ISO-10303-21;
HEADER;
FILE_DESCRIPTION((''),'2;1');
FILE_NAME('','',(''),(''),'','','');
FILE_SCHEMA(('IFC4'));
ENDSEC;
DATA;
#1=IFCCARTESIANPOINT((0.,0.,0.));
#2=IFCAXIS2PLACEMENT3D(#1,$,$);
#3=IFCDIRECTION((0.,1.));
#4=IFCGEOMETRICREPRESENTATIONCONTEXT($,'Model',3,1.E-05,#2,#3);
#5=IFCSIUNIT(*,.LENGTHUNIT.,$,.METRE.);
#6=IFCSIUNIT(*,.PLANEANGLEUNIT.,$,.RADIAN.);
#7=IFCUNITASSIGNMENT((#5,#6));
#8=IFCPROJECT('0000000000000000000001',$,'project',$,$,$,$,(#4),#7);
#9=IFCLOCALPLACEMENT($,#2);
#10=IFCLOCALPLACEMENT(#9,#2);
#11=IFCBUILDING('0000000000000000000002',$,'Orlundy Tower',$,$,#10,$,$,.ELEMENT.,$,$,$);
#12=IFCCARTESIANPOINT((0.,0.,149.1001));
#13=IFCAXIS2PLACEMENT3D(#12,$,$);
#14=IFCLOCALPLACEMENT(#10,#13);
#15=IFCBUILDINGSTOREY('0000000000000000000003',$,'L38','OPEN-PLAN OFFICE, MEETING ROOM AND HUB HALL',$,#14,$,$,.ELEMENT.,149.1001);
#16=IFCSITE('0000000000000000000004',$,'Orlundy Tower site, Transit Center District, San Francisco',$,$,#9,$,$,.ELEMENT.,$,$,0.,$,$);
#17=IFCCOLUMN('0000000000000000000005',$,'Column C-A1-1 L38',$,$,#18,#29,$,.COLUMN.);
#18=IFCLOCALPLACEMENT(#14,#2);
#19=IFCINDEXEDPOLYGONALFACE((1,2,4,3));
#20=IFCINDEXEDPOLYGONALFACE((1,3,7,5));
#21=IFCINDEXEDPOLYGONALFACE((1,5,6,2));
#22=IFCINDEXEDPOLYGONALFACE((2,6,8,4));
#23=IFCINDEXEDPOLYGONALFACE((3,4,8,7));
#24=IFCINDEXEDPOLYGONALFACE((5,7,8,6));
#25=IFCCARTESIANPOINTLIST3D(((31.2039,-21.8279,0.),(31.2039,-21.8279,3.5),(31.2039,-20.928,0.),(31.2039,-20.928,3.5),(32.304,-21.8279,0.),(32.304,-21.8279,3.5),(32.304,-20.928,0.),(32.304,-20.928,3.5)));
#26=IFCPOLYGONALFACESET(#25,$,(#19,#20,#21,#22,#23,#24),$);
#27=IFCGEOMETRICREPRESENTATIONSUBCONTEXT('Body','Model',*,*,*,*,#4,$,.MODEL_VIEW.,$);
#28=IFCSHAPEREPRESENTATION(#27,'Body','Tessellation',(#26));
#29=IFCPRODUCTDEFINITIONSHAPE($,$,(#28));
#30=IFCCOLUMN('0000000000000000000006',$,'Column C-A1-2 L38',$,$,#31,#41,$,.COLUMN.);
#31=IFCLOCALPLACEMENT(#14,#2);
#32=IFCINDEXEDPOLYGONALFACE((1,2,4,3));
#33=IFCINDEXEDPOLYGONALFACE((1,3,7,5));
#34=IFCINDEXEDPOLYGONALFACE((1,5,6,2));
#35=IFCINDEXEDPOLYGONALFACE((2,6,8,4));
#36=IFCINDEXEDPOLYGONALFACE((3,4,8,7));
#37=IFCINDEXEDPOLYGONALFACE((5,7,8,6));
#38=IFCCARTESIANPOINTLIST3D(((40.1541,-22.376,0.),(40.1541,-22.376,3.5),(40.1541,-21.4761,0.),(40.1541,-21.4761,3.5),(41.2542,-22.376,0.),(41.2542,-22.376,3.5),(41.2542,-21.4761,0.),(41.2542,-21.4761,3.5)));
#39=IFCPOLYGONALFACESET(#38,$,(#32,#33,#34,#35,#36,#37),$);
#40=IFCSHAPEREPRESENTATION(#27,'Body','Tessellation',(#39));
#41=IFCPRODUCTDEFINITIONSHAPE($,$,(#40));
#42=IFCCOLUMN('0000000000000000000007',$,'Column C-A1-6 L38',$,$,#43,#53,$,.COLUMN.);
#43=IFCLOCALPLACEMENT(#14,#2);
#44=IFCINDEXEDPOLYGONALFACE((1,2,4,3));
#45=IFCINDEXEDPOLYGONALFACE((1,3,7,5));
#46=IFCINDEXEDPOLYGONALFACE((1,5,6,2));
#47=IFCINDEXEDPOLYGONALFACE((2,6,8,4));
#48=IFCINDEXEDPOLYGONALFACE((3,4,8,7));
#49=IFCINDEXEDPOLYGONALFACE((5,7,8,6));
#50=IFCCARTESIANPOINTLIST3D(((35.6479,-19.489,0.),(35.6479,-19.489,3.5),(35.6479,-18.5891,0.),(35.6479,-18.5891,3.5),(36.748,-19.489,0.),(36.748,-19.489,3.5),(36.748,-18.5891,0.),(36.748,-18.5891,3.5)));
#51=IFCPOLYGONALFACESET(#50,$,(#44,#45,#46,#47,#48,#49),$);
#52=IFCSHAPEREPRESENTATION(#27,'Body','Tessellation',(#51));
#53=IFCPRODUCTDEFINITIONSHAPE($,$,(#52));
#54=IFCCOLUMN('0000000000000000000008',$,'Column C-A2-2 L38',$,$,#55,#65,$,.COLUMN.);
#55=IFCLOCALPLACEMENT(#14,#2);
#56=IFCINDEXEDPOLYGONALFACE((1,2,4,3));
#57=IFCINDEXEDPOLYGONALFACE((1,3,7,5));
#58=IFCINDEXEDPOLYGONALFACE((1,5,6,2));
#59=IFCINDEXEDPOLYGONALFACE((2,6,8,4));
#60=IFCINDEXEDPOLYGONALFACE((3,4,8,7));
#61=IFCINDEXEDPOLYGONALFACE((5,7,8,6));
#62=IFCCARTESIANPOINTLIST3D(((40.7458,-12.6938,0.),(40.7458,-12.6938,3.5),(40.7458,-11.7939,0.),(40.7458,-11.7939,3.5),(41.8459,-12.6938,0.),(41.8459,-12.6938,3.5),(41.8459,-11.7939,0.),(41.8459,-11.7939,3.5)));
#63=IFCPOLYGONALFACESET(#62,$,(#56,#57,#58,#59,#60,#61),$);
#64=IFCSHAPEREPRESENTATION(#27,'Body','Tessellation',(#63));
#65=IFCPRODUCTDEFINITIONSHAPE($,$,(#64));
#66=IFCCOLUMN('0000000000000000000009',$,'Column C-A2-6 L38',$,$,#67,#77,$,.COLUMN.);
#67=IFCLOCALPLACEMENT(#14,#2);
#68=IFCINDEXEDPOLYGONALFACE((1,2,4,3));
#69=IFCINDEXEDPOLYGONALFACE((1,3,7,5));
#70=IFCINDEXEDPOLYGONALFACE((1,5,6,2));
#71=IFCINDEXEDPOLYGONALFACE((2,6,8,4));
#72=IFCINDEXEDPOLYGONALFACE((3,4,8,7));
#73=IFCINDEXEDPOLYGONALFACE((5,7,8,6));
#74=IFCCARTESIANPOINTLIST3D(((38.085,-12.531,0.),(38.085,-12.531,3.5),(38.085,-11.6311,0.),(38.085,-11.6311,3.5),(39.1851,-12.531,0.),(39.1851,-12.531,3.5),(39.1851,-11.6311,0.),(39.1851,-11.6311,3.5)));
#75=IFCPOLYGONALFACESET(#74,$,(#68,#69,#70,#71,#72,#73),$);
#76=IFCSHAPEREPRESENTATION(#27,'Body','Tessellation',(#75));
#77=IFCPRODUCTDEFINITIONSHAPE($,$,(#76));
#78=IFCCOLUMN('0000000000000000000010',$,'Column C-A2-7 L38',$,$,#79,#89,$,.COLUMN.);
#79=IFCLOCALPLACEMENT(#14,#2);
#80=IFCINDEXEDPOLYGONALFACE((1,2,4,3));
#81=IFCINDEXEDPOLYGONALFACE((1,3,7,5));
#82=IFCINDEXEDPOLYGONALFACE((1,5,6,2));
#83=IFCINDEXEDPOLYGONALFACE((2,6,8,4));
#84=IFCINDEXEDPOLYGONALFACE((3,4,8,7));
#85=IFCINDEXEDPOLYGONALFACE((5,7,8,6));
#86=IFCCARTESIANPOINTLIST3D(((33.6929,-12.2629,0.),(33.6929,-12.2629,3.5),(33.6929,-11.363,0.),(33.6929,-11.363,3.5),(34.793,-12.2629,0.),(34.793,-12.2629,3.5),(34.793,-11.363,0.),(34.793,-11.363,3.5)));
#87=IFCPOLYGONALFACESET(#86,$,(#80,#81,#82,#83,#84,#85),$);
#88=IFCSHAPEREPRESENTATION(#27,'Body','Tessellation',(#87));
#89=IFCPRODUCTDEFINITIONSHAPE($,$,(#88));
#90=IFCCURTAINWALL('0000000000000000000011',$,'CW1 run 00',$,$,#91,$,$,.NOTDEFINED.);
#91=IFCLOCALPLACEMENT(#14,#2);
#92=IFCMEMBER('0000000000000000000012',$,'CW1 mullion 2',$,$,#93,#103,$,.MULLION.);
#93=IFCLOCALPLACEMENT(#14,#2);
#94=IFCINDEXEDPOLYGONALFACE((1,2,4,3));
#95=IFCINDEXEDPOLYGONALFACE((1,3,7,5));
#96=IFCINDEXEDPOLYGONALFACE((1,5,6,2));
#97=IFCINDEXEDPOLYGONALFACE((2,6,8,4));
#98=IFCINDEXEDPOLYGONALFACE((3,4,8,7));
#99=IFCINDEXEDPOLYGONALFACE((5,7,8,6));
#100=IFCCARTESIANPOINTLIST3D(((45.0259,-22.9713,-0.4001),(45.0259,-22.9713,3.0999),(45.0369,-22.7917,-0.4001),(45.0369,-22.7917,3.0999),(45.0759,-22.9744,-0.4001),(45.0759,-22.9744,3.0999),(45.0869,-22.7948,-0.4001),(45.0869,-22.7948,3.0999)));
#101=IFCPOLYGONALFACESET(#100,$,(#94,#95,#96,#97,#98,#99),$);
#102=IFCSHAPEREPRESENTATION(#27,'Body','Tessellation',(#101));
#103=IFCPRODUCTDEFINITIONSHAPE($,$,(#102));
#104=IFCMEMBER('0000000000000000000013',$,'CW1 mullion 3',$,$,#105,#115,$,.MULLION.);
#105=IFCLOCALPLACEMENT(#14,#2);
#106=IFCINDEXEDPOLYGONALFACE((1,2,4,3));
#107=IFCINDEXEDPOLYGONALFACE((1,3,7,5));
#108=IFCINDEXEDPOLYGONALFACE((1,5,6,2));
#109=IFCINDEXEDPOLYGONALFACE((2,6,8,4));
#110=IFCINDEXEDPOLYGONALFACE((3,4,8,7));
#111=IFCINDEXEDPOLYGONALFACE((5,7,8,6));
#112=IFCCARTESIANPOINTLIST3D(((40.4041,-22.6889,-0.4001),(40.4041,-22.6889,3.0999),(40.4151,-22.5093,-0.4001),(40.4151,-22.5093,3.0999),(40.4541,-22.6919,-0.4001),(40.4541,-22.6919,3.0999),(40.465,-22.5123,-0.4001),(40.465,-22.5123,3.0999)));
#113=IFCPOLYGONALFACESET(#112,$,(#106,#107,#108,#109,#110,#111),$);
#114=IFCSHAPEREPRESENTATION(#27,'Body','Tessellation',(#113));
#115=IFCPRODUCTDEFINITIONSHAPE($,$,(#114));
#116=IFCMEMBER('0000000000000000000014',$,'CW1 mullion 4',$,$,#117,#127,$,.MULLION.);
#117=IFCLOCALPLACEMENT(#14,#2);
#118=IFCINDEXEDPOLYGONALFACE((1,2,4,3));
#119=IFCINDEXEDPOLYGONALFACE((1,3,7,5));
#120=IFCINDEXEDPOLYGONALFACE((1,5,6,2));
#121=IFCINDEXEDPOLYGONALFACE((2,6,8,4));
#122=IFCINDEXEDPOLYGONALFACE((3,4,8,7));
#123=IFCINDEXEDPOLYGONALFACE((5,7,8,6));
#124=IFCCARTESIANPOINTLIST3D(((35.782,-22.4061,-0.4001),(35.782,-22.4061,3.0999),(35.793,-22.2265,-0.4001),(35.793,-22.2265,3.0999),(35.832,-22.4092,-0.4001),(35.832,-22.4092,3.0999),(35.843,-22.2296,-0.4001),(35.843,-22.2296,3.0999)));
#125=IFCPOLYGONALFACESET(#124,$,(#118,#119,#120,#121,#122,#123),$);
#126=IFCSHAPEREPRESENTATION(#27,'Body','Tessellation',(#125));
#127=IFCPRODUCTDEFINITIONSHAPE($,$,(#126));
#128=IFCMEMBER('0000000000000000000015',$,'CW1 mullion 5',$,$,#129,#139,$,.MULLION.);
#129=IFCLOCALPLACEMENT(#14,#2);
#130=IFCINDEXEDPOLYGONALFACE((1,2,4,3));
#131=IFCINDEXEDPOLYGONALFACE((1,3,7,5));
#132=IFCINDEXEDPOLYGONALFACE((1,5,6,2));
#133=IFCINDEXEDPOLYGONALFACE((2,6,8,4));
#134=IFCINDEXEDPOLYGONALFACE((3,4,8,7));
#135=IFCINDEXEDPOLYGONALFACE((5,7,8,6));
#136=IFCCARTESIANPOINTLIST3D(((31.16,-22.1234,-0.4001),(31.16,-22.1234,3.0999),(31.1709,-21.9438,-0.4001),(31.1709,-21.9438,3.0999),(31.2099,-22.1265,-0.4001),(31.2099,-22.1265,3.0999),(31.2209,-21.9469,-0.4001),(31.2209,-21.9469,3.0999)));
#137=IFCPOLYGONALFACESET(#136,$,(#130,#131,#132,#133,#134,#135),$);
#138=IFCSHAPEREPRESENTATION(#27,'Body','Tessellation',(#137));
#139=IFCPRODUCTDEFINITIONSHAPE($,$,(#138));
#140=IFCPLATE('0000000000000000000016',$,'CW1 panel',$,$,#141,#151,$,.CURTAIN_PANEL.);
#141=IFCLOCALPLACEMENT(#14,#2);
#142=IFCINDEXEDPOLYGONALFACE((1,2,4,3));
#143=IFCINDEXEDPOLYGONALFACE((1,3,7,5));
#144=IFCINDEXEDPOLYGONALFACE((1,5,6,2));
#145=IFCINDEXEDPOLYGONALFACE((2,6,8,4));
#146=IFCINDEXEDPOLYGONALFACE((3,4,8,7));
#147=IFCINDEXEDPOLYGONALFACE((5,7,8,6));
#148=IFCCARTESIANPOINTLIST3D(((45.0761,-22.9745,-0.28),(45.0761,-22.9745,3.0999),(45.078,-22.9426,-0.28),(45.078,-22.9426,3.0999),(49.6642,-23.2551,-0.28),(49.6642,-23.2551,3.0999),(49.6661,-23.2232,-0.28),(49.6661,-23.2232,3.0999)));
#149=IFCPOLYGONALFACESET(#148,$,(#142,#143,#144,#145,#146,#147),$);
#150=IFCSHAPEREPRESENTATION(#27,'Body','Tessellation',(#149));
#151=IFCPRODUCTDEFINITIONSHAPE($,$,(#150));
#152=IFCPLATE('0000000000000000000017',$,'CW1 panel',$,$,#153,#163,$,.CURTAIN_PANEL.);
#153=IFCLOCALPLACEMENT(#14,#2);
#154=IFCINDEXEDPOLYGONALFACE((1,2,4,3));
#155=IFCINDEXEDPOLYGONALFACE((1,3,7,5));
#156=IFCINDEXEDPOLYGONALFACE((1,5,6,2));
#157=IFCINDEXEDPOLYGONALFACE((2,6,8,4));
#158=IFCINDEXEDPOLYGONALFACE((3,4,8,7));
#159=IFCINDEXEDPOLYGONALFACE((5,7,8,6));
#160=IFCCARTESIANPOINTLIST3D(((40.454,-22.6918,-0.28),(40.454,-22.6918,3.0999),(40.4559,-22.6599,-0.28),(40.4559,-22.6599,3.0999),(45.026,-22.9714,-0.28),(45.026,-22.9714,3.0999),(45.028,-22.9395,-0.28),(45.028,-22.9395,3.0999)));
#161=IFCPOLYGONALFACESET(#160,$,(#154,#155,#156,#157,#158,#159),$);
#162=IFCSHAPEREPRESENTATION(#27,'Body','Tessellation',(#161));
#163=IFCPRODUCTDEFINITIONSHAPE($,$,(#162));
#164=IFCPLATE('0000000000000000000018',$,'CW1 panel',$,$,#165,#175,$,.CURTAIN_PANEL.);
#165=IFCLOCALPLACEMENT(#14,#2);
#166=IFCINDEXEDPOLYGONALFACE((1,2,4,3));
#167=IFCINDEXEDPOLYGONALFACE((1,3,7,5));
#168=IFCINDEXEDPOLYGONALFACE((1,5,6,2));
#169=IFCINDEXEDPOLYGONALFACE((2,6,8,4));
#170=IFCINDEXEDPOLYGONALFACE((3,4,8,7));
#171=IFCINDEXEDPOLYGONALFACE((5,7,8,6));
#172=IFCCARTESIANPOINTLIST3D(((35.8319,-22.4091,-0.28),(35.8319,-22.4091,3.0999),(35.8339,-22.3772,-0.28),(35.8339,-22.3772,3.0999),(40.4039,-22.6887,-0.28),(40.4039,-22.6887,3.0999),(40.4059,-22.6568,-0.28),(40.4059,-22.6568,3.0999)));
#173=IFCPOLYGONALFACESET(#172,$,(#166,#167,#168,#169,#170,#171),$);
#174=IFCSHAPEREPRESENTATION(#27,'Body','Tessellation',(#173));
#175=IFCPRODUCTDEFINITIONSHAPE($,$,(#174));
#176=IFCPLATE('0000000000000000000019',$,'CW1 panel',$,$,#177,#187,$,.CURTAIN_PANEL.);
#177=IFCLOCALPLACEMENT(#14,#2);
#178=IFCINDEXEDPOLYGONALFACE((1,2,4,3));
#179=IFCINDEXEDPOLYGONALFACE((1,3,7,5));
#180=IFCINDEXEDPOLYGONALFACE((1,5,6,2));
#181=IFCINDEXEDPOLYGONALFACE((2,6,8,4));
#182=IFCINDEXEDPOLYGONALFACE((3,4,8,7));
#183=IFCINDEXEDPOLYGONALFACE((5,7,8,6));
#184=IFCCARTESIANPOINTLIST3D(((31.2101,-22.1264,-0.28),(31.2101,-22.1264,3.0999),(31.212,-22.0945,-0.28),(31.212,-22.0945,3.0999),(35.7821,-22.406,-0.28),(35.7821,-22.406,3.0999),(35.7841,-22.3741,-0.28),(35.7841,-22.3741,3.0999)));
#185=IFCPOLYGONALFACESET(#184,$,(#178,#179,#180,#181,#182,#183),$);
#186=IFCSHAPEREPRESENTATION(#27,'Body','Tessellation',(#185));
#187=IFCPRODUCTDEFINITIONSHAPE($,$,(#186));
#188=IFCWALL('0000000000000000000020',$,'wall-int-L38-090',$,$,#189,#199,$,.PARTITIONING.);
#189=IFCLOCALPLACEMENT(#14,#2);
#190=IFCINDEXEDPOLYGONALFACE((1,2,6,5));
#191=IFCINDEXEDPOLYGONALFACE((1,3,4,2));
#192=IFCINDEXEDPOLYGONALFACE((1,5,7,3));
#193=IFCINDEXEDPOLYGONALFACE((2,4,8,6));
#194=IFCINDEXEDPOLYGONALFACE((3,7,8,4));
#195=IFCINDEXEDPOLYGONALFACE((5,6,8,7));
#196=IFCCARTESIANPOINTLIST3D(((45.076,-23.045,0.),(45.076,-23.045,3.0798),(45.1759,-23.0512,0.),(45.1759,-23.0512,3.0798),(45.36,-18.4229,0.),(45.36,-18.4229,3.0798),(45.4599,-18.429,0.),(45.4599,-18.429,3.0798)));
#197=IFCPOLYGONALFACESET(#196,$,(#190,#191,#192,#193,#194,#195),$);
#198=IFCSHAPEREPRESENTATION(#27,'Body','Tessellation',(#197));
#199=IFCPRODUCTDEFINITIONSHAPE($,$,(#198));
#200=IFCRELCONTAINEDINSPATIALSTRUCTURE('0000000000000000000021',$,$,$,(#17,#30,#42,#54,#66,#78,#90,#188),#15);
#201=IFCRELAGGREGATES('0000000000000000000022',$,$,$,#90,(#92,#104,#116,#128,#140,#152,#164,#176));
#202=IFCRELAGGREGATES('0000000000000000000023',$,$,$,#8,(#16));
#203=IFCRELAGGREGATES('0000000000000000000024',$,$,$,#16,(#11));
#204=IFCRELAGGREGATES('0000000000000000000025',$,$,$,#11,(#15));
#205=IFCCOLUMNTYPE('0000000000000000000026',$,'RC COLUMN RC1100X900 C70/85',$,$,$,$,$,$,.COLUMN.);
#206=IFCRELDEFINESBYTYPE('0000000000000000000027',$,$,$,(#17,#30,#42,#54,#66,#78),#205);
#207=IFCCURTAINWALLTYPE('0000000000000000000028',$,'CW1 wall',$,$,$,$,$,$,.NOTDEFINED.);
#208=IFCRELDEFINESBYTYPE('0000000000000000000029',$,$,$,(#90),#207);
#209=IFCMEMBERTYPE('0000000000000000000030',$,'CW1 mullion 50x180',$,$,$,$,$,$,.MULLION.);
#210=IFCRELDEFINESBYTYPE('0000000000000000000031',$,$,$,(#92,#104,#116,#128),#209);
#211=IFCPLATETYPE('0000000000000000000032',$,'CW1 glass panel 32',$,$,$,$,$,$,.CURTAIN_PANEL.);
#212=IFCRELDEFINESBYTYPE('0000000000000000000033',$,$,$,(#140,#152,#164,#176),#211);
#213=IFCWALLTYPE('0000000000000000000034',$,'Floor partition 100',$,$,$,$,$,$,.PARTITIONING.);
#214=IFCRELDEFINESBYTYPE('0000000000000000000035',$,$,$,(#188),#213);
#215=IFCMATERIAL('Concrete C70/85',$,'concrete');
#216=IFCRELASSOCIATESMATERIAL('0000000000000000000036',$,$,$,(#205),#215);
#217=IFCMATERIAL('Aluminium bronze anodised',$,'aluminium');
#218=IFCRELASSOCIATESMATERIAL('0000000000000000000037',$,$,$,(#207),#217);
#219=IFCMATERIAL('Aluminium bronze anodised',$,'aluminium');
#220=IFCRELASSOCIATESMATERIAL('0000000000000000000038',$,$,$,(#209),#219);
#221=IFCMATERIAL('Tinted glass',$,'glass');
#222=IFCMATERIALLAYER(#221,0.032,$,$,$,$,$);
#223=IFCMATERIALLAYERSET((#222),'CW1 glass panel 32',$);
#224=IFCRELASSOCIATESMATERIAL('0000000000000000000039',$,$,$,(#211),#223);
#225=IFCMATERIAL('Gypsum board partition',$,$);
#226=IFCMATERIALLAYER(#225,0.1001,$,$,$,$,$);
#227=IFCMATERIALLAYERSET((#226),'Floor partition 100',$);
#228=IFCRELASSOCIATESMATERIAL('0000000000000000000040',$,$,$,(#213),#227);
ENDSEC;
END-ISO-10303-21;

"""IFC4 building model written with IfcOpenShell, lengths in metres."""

from ifc_helpers import new_model, si_unit, direction, frame, frame_2d, origin, origin_2d, place, context, subcontext, project, spatial, rectangle, extrude, material, layer, layer_set, material_profile, profile_set, type_object, element, aggregate, save


model = new_model("IFC4")

# Units and contexts
model_context = context("Model", 3, precision=1e-05, world=origin(), true_north=direction((0.0, 1.0)))
body_context = subcontext(model_context, "Body", "Model", "MODEL_VIEW")
ifc_project = project(units=[si_unit("LENGTHUNIT", "METRE"), si_unit("PLANEANGLEUNIT", "RADIAN")], contexts=[model_context])

# Site, building, storey
site_placement = place(None, origin())
site = spatial("IfcSite", under=ifc_project, at=site_placement, Name="Orlundy Tower site, Transit Center District, San Francisco", CompositionType="ELEMENT", RefElevation=0.0)
building_placement = place(site_placement, origin())
building = spatial("IfcBuilding", under=site, at=building_placement, Name="Orlundy Tower", CompositionType="ELEMENT")
storey_placement = place(building_placement, frame((0.0, 0.0, 149.1001)))
storey = spatial("IfcBuildingStorey", under=building, at=storey_placement, Name="L38", Description="OPEN-PLAN OFFICE, MEETING ROOM AND HUB HALL", CompositionType="ELEMENT", Elevation=149.1001)

# Columns
ifc_material_1 = material(Name="Concrete C70/85", Category="concrete")
ifc_material_profile_1 = material_profile(ifc_material_1, rectangle(XDim=1.1001, YDim=0.8999, at=origin_2d()), Name="RC1100X900")
ifc_profile_set_1 = profile_set([ifc_material_profile_1], Name="Concrete C70/85")
column_type = type_object("IfcColumnType", Name="RC COLUMN RC1100X900 C70/85", PredefinedType="COLUMN", material=ifc_profile_set_1)
for number, where, z_axis, x_axis, name in (
    (1, (31.7539, -21.3779, 0.0), (0.0, 0.0, 1.0), (1.0, 0.0, 0.0), "Column C-A1-1 L38"),
    (2, (40.7041, -21.926, 0.0), (0.0, 0.0, 1.0), (1.0, 0.0, 0.0), "Column C-A1-2 L38"),
    (3, (36.198, -19.0391, 0.0), (0.0, 0.0, 1.0), (1.0, 0.0, 0.0), "Column C-A1-6 L38"),
    (4, (41.2959, -12.2439, 0.0), (0.0, 0.0, 1.0), (1.0, 0.0, 0.0), "Column C-A2-2 L38"),
    (5, (38.635, -12.0811, 0.0), (0.0, 0.0, 1.0), (1.0, 0.0, 0.0), "Column C-A2-6 L38"),
    (6, (34.2429, -11.813, 0.0), (0.0, 0.0, 1.0), (1.0, 0.0, 0.0), "Column C-A2-7 L38"),
):
    element("IfcColumn", number, at=place(storey_placement, frame(where, z_axis=z_axis, x_axis=x_axis)), inside=storey, type_object=column_type, Name=name, PredefinedType="COLUMN", context=body_context, shape_type="SweptSolid", body=[
        extrude(rectangle(XDim=1.1001, YDim=0.8999, at=origin_2d()), origin(), (0.0, 0.0, 1.0), 3.5),
    ])

# Curtain wall, members, plates
ifc_material_2 = material(Name="Aluminium bronze anodised", Category="aluminium")
curtain_wall_type = type_object("IfcCurtainWallType", Name="CW1 wall", PredefinedType="NOTDEFINED", material=ifc_material_2)
curtain_wall_placement = place(storey_placement, origin())
curtain_wall = element("IfcCurtainWall", 7, at=curtain_wall_placement, inside=storey, type_object=curtain_wall_type, Name="CW1 run 00", PredefinedType="NOTDEFINED")
ifc_material_3 = material(Name="Aluminium bronze anodised", Category="aluminium")
ifc_material_profile_2 = material_profile(ifc_material_3, rectangle(XDim=0.1799, YDim=0.05, at=origin_2d()), Name="CW1 mullion 50x180")
ifc_profile_set_2 = profile_set([ifc_material_profile_2], Name="Aluminium bronze anodised")
member_type = type_object("IfcMemberType", Name="CW1 mullion 50x180", PredefinedType="MULLION", material=ifc_profile_set_2)
member_1_placement = place(storey_placement, frame((45.0564, -22.8831, -0.4001), z_axis=(0.0, 0.0, 1.0), x_axis=(-0.061043, -0.998135, 0.0)))
member_1 = element("IfcMember", 8, at=member_1_placement, type_object=member_type, Name="CW1 mullion 2", PredefinedType="MULLION", context=body_context, shape_type="SweptSolid", body=[
    extrude(rectangle(XDim=0.1799, YDim=0.05, at=origin_2d()), origin(), (0.0, 0.0, 1.0), 3.5),
])
member_2_placement = place(storey_placement, frame((40.4346, -22.6006, -0.4001), z_axis=(0.0, 0.0, 1.0), x_axis=(-0.061043, -0.998135, 0.0)))
member_2 = element("IfcMember", 9, at=member_2_placement, type_object=member_type, Name="CW1 mullion 3", PredefinedType="MULLION", context=body_context, shape_type="SweptSolid", body=[
    extrude(rectangle(XDim=0.1799, YDim=0.05, at=origin_2d()), origin(), (0.0, 0.0, 1.0), 3.5),
])
member_3_placement = place(storey_placement, frame((35.8125, -22.3179, -0.4001), z_axis=(0.0, 0.0, 1.0), x_axis=(-0.061043, -0.998135, 0.0)))
member_3 = element("IfcMember", 10, at=member_3_placement, type_object=member_type, Name="CW1 mullion 4", PredefinedType="MULLION", context=body_context, shape_type="SweptSolid", body=[
    extrude(rectangle(XDim=0.1799, YDim=0.05, at=origin_2d()), origin(), (0.0, 0.0, 1.0), 3.5),
])
member_4_placement = place(storey_placement, frame((31.1904, -22.0352, -0.4001), z_axis=(0.0, 0.0, 1.0), x_axis=(-0.061043, -0.998135, 0.0)))
member_4 = element("IfcMember", 11, at=member_4_placement, type_object=member_type, Name="CW1 mullion 5", PredefinedType="MULLION", context=body_context, shape_type="SweptSolid", body=[
    extrude(rectangle(XDim=0.1799, YDim=0.05, at=origin_2d()), origin(), (0.0, 0.0, 1.0), 3.5),
])
ifc_material_4 = material(Name="Tinted glass", Category="glass")
ifc_layer_1 = layer(ifc_material_4, 0.032)
ifc_layer_set_1 = layer_set([ifc_layer_1], Name="CW1 glass panel 32")
plate_type = type_object("IfcPlateType", Name="CW1 glass panel 32", PredefinedType="CURTAIN_PANEL", material=ifc_layer_set_1)
plate_1_placement = place(storey_placement, frame((47.3711, -23.0989, -0.28), z_axis=(0.0, 0.0, 1.0), x_axis=(-0.998135, 0.061043, 0.0)))
plate_1 = element("IfcPlate", 12, at=plate_1_placement, type_object=plate_type, Name="CW1 panel", PredefinedType="CURTAIN_PANEL", context=body_context, shape_type="SweptSolid", body=[
    extrude(rectangle(XDim=4.5967, YDim=0.032, at=origin_2d()), origin(), (0.0, 0.0, 1.0), 3.3799),
])
plate_2_placement = place(storey_placement, frame((42.741, -22.8157, -0.28), z_axis=(0.0, 0.0, 1.0), x_axis=(-0.998135, 0.061043, 0.0)))
plate_2 = element("IfcPlate", 13, at=plate_2_placement, type_object=plate_type, Name="CW1 panel", PredefinedType="CURTAIN_PANEL", context=body_context, shape_type="SweptSolid", body=[
    extrude(rectangle(XDim=4.5806, YDim=0.032, at=origin_2d()), origin(), (0.0, 0.0, 1.0), 3.3799),
])
plate_3_placement = place(storey_placement, frame((38.1189, -22.533, -0.28), z_axis=(0.0, 0.0, 1.0), x_axis=(-0.998135, 0.061043, 0.0)))
plate_3 = element("IfcPlate", 14, at=plate_3_placement, type_object=plate_type, Name="CW1 panel", PredefinedType="CURTAIN_PANEL", context=body_context, shape_type="SweptSolid", body=[
    extrude(rectangle(XDim=4.5806, YDim=0.032, at=origin_2d()), origin(), (0.0, 0.0, 1.0), 3.3799),
])
plate_4_placement = place(storey_placement, frame((33.4971, -22.2502, -0.28), z_axis=(0.0, 0.0, 1.0), x_axis=(-0.998135, 0.061043, 0.0)))
plate_4 = element("IfcPlate", 15, at=plate_4_placement, type_object=plate_type, Name="CW1 panel", PredefinedType="CURTAIN_PANEL", context=body_context, shape_type="SweptSolid", body=[
    extrude(rectangle(XDim=4.5806, YDim=0.032, at=origin_2d()), origin(), (0.0, 0.0, 1.0), 3.3799),
])
aggregate(curtain_wall, [member_1, member_2, member_3, member_4, plate_1, plate_2, plate_3, plate_4])

# Wall
ifc_material_5 = material(Name="Gypsum board partition")
ifc_layer_2 = layer(ifc_material_5, 0.1001)
ifc_layer_set_2 = layer_set([ifc_layer_2], Name="Floor partition 100")
wall_type_1 = type_object("IfcWallType", Name="Floor partition 100", PredefinedType="PARTITIONING", material=ifc_layer_set_2)
wall_1_placement = place(storey_placement, frame((45.126, -23.0481, 0.0), z_axis=(0.0, 0.0, 1.0), x_axis=(0.061315, 0.998118, 0.0)))
element("IfcWall", 16, at=wall_1_placement, inside=storey, type_object=wall_type_1, Name="wall-int-L38-090", PredefinedType="PARTITIONING", context=body_context, shape_type="SweptSolid", body=[
    extrude(rectangle(XDim=4.6309, YDim=0.1001, at=frame_2d((2.3154, 0.0))), origin(), (0.0, 0.0, 1.0), 3.0798),
])

save(model, "model.ifc")
